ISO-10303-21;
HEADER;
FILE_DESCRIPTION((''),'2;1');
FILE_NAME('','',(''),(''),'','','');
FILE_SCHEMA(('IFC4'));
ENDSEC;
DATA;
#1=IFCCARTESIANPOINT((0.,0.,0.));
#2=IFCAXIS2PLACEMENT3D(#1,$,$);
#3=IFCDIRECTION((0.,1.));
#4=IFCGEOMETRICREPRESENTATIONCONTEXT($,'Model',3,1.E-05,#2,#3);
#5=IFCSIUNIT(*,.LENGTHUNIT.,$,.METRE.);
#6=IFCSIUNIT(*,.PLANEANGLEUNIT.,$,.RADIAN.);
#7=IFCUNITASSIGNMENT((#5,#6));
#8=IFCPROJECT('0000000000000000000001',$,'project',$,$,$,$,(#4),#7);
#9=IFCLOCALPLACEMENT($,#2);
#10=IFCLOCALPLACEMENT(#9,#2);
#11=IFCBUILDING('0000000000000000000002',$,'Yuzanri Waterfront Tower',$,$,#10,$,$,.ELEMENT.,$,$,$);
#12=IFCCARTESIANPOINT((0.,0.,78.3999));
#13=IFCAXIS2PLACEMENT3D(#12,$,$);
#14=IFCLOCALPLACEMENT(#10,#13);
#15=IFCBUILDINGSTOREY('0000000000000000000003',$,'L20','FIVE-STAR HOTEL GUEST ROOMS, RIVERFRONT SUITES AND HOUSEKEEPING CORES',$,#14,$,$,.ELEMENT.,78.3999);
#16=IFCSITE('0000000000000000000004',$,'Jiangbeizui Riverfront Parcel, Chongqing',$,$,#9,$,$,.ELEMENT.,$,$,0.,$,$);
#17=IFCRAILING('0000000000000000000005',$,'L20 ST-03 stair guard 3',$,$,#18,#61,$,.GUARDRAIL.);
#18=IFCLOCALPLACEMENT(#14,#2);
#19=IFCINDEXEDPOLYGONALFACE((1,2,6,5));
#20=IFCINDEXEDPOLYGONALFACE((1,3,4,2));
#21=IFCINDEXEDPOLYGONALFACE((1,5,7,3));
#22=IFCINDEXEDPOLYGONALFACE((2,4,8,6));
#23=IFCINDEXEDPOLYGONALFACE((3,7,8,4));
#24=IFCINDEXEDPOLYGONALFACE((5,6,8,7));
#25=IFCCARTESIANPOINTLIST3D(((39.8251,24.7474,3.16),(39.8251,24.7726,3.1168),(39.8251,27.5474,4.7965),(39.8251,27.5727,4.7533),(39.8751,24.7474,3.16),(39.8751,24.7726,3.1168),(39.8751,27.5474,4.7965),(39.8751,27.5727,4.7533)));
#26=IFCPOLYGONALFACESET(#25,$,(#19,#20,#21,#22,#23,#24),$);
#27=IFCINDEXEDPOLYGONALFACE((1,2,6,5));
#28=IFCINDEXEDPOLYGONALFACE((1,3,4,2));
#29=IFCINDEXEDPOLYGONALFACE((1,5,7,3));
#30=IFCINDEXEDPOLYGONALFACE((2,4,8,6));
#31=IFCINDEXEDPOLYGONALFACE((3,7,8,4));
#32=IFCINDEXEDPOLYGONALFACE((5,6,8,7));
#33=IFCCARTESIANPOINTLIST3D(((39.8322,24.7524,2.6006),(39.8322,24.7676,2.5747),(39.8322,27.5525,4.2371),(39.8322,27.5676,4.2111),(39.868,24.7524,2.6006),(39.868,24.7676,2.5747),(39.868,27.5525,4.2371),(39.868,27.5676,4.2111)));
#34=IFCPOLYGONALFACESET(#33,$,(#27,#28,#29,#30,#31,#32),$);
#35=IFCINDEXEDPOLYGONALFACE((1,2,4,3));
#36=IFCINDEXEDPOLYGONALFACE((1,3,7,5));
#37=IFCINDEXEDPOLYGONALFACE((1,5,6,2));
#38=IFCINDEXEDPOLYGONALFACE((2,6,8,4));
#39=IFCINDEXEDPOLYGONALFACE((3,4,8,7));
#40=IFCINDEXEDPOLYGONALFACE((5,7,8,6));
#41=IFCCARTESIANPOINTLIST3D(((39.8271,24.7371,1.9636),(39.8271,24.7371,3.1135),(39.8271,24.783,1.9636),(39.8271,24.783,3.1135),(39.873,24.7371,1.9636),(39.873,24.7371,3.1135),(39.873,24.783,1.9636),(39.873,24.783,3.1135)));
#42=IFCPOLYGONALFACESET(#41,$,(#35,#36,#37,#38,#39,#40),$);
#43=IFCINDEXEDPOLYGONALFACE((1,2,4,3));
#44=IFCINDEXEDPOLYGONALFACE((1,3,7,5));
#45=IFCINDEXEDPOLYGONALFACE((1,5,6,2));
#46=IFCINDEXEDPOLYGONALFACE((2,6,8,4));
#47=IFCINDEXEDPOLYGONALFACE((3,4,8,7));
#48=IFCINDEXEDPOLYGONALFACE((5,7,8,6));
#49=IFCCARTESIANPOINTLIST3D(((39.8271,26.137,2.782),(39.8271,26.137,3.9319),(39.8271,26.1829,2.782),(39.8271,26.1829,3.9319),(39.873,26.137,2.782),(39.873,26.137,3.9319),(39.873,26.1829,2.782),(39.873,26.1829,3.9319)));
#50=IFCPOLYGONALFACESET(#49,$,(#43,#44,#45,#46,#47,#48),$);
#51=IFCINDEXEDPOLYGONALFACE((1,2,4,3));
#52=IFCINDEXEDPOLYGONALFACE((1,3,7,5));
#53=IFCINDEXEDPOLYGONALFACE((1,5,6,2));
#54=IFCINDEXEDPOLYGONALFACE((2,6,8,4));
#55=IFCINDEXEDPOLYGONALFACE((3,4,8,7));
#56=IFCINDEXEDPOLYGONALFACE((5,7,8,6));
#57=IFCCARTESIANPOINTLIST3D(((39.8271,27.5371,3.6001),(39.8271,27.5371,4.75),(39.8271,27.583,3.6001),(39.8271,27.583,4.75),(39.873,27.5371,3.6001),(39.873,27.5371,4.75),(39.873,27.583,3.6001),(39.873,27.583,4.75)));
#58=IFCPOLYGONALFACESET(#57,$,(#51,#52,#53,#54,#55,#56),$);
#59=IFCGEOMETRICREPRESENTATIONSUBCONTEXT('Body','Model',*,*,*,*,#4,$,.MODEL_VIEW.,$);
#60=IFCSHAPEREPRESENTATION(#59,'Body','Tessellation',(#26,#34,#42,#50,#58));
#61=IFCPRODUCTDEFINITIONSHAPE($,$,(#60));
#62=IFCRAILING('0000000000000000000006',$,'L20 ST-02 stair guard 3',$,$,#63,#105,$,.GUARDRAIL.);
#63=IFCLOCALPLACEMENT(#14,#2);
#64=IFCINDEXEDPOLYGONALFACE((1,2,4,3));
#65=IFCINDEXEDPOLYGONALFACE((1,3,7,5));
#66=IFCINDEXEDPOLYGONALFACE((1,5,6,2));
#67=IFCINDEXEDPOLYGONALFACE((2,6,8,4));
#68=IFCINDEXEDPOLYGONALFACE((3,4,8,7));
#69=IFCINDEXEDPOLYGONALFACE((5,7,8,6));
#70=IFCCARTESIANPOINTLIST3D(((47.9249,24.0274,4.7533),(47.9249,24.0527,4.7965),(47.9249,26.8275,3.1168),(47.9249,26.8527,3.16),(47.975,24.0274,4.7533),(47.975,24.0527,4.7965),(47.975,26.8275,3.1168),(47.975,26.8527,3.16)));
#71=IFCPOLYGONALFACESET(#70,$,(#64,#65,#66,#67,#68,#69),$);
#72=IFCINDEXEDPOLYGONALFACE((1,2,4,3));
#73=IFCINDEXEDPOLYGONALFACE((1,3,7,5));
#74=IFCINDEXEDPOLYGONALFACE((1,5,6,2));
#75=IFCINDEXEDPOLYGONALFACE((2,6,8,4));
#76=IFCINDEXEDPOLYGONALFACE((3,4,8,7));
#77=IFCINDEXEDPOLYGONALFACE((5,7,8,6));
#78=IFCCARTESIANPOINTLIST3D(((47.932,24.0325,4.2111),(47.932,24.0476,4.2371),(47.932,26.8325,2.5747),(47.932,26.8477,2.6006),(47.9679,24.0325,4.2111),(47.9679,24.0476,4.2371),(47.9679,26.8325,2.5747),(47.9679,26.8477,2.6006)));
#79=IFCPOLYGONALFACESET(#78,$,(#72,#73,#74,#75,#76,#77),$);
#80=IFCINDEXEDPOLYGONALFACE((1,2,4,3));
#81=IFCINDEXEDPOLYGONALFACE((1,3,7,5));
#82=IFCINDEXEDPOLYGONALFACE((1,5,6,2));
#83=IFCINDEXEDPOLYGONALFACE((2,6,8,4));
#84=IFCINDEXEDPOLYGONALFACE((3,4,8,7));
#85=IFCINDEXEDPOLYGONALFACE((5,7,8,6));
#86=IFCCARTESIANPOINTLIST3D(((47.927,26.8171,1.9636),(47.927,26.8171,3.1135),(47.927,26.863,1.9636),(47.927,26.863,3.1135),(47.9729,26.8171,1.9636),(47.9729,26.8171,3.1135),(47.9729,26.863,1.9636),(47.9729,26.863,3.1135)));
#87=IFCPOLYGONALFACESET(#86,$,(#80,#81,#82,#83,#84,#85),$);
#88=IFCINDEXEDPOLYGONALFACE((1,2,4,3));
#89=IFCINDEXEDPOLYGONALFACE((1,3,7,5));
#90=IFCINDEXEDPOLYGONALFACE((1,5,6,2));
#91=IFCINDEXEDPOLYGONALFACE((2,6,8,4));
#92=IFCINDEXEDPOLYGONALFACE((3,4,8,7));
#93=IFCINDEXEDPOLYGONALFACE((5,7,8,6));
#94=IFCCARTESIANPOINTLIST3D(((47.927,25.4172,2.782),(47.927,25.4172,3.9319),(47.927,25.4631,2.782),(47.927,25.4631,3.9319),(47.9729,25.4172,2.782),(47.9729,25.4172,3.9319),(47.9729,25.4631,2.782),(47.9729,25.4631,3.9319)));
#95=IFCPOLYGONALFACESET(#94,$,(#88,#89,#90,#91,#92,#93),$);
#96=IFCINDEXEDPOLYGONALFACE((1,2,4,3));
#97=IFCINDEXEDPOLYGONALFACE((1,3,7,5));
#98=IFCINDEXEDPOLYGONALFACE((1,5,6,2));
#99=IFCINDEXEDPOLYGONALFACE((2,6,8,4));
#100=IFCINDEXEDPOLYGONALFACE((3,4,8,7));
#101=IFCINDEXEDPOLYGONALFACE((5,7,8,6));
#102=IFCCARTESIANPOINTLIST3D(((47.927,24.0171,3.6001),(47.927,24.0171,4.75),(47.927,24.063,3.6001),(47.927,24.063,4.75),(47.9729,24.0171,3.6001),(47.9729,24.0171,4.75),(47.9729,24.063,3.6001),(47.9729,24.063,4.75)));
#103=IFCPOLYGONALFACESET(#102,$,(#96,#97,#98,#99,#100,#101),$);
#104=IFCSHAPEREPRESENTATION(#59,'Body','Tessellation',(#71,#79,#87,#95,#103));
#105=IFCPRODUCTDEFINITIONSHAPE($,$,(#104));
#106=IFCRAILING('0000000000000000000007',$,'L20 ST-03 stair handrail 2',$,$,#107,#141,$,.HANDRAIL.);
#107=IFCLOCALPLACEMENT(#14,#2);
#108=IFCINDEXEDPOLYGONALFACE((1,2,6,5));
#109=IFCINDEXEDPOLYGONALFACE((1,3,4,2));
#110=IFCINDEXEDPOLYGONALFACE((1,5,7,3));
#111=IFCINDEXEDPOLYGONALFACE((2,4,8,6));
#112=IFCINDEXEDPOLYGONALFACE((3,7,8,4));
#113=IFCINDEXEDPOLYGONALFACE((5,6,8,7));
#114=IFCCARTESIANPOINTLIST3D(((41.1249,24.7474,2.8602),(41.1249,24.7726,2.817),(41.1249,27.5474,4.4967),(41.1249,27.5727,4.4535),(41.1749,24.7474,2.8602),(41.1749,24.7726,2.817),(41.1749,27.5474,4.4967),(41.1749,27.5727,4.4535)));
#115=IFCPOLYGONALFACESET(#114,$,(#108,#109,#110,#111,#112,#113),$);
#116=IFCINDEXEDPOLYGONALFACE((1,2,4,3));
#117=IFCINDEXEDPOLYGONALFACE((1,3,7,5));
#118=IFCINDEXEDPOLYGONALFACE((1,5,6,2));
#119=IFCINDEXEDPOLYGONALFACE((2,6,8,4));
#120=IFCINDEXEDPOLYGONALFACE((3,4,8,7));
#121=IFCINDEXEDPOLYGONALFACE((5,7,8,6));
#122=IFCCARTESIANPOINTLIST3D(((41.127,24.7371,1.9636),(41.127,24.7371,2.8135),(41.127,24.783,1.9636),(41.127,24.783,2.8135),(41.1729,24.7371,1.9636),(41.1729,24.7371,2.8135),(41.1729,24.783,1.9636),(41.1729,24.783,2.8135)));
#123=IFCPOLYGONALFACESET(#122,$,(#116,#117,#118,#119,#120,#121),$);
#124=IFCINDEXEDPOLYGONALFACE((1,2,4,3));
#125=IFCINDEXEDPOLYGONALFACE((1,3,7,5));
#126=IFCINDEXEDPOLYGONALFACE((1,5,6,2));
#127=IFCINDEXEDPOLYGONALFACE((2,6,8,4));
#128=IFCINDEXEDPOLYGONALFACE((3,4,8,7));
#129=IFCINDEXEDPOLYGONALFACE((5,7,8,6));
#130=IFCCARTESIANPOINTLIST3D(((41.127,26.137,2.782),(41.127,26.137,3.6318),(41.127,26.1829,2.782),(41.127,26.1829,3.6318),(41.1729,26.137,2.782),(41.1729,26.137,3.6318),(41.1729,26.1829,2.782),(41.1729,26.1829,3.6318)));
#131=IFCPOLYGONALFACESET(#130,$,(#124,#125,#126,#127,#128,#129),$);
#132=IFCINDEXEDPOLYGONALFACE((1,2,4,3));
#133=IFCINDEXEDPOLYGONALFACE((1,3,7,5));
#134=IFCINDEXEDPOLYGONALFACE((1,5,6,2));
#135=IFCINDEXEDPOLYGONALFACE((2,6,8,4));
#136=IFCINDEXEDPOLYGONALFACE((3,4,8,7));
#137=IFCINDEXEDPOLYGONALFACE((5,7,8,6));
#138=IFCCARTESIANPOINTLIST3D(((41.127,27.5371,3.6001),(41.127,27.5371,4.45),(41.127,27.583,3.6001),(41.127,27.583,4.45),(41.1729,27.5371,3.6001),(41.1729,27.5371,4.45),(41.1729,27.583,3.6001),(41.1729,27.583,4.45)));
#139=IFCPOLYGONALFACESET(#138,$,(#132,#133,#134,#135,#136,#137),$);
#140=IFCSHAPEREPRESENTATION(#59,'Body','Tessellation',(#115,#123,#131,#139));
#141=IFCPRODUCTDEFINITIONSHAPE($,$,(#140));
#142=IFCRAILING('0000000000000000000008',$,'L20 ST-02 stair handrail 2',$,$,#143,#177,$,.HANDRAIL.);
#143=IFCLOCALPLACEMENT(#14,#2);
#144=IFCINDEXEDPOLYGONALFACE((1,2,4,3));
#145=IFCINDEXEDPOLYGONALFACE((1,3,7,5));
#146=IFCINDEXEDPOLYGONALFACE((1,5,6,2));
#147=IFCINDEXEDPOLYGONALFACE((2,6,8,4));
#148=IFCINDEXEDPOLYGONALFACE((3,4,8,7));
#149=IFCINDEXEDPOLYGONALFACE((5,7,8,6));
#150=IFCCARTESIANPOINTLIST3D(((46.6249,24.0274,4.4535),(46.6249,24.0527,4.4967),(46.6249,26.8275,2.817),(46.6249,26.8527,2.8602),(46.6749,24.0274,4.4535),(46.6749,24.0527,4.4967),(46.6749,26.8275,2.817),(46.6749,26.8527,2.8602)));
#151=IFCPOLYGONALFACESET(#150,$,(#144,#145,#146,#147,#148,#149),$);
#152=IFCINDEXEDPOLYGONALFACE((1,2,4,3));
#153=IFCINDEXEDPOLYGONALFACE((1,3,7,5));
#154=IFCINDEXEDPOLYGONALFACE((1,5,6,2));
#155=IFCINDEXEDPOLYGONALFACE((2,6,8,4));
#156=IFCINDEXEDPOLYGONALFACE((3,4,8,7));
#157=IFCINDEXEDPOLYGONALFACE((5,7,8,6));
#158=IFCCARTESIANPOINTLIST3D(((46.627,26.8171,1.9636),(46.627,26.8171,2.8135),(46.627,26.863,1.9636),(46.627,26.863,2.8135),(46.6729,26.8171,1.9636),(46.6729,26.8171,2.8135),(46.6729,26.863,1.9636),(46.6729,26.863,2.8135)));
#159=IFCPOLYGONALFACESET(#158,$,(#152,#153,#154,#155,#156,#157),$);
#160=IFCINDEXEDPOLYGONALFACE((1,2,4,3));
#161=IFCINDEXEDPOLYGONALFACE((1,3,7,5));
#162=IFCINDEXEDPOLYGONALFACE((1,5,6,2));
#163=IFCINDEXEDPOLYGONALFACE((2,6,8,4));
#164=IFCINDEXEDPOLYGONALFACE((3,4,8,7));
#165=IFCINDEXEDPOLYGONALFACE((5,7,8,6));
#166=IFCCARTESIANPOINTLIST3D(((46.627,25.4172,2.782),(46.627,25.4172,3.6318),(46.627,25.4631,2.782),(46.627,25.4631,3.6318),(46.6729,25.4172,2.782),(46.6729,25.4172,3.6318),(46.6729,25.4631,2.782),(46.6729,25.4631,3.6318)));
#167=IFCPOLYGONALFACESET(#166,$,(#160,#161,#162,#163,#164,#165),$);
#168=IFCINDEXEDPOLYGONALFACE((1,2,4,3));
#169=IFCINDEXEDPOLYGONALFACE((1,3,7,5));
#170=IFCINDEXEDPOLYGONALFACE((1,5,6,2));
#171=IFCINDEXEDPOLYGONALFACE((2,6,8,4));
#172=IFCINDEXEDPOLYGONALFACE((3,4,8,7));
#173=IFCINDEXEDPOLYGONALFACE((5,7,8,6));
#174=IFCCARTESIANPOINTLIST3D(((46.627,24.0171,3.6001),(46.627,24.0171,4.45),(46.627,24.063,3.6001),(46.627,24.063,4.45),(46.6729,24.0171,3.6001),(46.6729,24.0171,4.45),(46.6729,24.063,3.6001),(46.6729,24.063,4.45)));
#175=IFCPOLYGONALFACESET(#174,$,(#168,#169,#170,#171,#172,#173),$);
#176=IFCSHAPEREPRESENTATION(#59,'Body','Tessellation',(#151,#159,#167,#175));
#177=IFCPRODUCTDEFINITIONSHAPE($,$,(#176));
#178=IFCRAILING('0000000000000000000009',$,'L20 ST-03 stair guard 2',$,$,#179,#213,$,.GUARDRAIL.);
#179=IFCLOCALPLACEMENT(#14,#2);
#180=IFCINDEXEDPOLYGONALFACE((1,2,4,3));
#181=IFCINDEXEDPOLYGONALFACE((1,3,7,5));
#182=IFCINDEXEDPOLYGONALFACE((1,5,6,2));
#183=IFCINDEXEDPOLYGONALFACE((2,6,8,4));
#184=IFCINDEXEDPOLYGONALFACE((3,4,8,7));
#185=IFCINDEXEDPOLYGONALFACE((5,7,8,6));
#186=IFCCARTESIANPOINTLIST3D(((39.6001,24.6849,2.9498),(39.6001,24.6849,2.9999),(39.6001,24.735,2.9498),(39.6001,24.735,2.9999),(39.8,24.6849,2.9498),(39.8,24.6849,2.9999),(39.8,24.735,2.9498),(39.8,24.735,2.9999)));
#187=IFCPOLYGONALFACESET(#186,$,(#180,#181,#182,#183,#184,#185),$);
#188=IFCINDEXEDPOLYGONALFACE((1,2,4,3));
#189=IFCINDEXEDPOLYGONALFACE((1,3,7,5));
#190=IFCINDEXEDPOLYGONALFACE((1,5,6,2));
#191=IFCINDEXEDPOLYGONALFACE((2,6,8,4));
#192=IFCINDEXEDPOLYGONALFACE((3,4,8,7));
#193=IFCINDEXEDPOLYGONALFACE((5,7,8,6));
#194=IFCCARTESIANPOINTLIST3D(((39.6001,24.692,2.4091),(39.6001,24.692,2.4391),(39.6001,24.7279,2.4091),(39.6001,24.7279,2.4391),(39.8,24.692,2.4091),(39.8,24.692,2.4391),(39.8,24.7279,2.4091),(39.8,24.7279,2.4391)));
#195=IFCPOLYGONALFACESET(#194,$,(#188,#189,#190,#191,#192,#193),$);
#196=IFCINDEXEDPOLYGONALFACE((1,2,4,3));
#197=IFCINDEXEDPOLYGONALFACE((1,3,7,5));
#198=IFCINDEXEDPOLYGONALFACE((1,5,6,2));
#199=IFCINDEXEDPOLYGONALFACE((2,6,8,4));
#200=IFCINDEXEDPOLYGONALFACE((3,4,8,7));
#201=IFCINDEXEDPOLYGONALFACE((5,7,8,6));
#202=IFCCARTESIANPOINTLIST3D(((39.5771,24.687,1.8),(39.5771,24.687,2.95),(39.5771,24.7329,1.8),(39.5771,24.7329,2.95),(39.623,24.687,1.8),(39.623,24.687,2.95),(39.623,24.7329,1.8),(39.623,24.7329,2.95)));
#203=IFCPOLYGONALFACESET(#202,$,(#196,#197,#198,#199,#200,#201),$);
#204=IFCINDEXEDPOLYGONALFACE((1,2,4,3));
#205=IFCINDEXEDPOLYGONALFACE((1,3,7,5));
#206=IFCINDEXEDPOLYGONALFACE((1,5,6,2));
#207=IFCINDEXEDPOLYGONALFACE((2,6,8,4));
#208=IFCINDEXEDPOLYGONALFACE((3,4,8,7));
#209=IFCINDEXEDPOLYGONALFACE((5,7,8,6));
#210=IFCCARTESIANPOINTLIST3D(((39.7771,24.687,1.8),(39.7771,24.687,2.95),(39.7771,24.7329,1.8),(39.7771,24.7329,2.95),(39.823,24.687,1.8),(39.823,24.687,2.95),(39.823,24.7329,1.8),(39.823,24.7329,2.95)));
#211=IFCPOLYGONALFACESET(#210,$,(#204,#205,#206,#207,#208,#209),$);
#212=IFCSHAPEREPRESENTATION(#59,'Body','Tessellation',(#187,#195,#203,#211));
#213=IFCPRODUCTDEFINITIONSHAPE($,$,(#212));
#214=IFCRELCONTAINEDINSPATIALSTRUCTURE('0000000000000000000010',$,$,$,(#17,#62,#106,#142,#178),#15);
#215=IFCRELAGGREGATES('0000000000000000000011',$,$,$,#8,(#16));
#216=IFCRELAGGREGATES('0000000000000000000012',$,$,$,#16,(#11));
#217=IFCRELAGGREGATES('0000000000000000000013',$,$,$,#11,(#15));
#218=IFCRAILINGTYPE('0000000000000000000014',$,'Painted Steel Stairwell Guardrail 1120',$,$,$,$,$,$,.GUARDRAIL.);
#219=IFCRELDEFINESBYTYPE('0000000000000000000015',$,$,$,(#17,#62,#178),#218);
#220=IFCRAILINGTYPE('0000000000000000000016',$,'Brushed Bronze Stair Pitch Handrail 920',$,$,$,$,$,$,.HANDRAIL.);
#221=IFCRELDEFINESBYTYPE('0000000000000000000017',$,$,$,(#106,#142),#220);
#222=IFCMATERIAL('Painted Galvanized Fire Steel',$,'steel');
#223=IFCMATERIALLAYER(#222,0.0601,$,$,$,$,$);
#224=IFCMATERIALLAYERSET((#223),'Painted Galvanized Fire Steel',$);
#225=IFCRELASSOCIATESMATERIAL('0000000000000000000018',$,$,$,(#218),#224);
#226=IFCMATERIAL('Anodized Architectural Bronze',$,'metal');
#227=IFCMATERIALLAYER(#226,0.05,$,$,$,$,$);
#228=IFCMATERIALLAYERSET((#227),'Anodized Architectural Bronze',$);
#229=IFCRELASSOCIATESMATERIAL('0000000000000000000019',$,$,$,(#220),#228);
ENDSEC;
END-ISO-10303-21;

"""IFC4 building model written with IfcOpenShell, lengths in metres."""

from ifc_helpers import new_model, si_unit, direction, frame, origin, origin_2d, place, context, subcontext, project, spatial, rectangle, extrude, source, transform, mapped, material, layer, layer_set, type_object, element, save


model = new_model("IFC4")

# Units and contexts
model_context = context("Model", 3, precision=1e-05, world=origin(), true_north=direction((0.0, 1.0)))
body_context = subcontext(model_context, "Body", "Model", "MODEL_VIEW")
ifc_project = project(units=[si_unit("LENGTHUNIT", "METRE"), si_unit("PLANEANGLEUNIT", "RADIAN")], contexts=[model_context])

# Site, building, storey
site_placement = place(None, origin())
site = spatial("IfcSite", under=ifc_project, at=site_placement, Name="Jiangbeizui Riverfront Parcel, Chongqing", CompositionType="ELEMENT", RefElevation=0.0)
building_placement = place(site_placement, origin())
building = spatial("IfcBuilding", under=site, at=building_placement, Name="Yuzanri Waterfront Tower", CompositionType="ELEMENT")
storey_placement = place(building_placement, frame((0.0, 0.0, 78.3999)))
storey = spatial("IfcBuildingStorey", under=building, at=storey_placement, Name="L20", Description="FIVE-STAR HOTEL GUEST ROOMS, RIVERFRONT SUITES AND HOUSEKEEPING CORES", CompositionType="ELEMENT", Elevation=78.3999)

# Railings
ifc_material_1 = material(Name="Painted Galvanized Fire Steel", Category="steel")
ifc_layer_1 = layer(ifc_material_1, 0.0601)
ifc_layer_set_1 = layer_set([ifc_layer_1], Name="Painted Galvanized Fire Steel")
railing_type_1 = type_object("IfcRailingType", Name="Painted Steel Stairwell Guardrail 1120", PredefinedType="GUARDRAIL", material=ifc_layer_set_1)
ifc_material_2 = material(Name="Anodized Architectural Bronze", Category="metal")
ifc_layer_2 = layer(ifc_material_2, 0.05)
ifc_layer_set_2 = layer_set([ifc_layer_2], Name="Anodized Architectural Bronze")
railing_type_2 = type_object("IfcRailingType", Name="Brushed Bronze Stair Pitch Handrail 920", PredefinedType="HANDRAIL", material=ifc_layer_set_2)
shared_shape_1 = source(origin(), body_context, "Body", "SweptSolid", [
    extrude(rectangle(XDim=0.05, YDim=0.05, at=origin_2d()), frame((0.0, 0.0, 1.1748), z_axis=(0.0, 0.863361, 0.504587), x_axis=(-1.0, 0.0, 0.0)), (0.0, 0.0, 1.0), 3.2432),
    extrude(rectangle(XDim=0.0359, YDim=0.03, at=origin_2d()), frame((0.0, 0.0, 0.624), z_axis=(0.0, 0.863361, 0.504587), x_axis=(-1.0, 0.0, 0.0)), (0.0, 0.0, 1.0), 3.2432),
    extrude(rectangle(XDim=0.0459, YDim=0.0459, at=origin_2d()), origin(), (0.0, 0.0, 1.0), 1.1499),
    extrude(rectangle(XDim=0.0459, YDim=0.0459, at=origin_2d()), frame((0.0, 1.3999, 0.8184)), (0.0, 0.0, 1.0), 1.1499),
    extrude(rectangle(XDim=0.0459, YDim=0.0459, at=origin_2d()), frame((0.0, 2.8, 1.6365)), (0.0, 0.0, 1.0), 1.1499),
])
railing_1_placement = place(storey_placement, frame((39.8501, 24.76, 1.9636)))
element("IfcRailing", 1, at=railing_1_placement, inside=storey, type_object=railing_type_1, Name="L20 ST-03 stair guard 3", PredefinedType="GUARDRAIL", context=body_context, shape_type="MappedRepresentation", body=[
    mapped(shared_shape_1, transform((0.0, 0.0, 0.0), scale=1.0)),
])
shared_shape_2 = source(origin(), body_context, "Body", "SweptSolid", [
    extrude(rectangle(XDim=0.05, YDim=0.05, at=origin_2d()), frame((0.0, 0.0, 1.1748), z_axis=(0.0, -0.863361, 0.504587), x_axis=(1.0, 0.0, 0.0)), (0.0, 0.0, 1.0), 3.2432),
    extrude(rectangle(XDim=0.0359, YDim=0.03, at=origin_2d()), frame((0.0, 0.0, 0.624), z_axis=(0.0, -0.863361, 0.504587), x_axis=(1.0, 0.0, 0.0)), (0.0, 0.0, 1.0), 3.2432),
    extrude(rectangle(XDim=0.0459, YDim=0.0459, at=origin_2d()), origin(), (0.0, 0.0, 1.0), 1.1499),
    extrude(rectangle(XDim=0.0459, YDim=0.0459, at=origin_2d()), frame((0.0, -1.3999, 0.8184)), (0.0, 0.0, 1.0), 1.1499),
    extrude(rectangle(XDim=0.0459, YDim=0.0459, at=origin_2d()), frame((0.0, -2.8, 1.6365)), (0.0, 0.0, 1.0), 1.1499),
])
railing_2_placement = place(storey_placement, frame((47.95, 26.8401, 1.9636)))
element("IfcRailing", 2, at=railing_2_placement, inside=storey, type_object=railing_type_1, Name="L20 ST-02 stair guard 3", PredefinedType="GUARDRAIL", context=body_context, shape_type="MappedRepresentation", body=[
    mapped(shared_shape_2, transform((0.0, 0.0, 0.0), scale=1.0)),
])
shared_shape_3 = source(origin(), body_context, "Body", "SweptSolid", [
    extrude(rectangle(XDim=0.05, YDim=0.05, at=origin_2d()), frame((0.0, 0.0, 0.875), z_axis=(0.0, 0.863361, 0.504587), x_axis=(-1.0, 0.0, 0.0)), (0.0, 0.0, 1.0), 3.2432),
    extrude(rectangle(XDim=0.0459, YDim=0.0459, at=origin_2d()), origin(), (0.0, 0.0, 1.0), 0.8499),
    extrude(rectangle(XDim=0.0459, YDim=0.0459, at=origin_2d()), frame((0.0, 1.3999, 0.8184)), (0.0, 0.0, 1.0), 0.8499),
    extrude(rectangle(XDim=0.0459, YDim=0.0459, at=origin_2d()), frame((0.0, 2.8, 1.6365)), (0.0, 0.0, 1.0), 0.8499),
])
railing_3_placement = place(storey_placement, frame((41.1499, 24.76, 1.9636)))
element("IfcRailing", 3, at=railing_3_placement, inside=storey, type_object=railing_type_2, Name="L20 ST-03 stair handrail 2", PredefinedType="HANDRAIL", context=body_context, shape_type="MappedRepresentation", body=[
    mapped(shared_shape_3, transform((0.0, 0.0, 0.0), scale=1.0)),
])
shared_shape_4 = source(origin(), body_context, "Body", "SweptSolid", [
    extrude(rectangle(XDim=0.05, YDim=0.05, at=origin_2d()), frame((0.0, 0.0, 0.875), z_axis=(0.0, -0.863361, 0.504587), x_axis=(1.0, 0.0, 0.0)), (0.0, 0.0, 1.0), 3.2432),
    extrude(rectangle(XDim=0.0459, YDim=0.0459, at=origin_2d()), origin(), (0.0, 0.0, 1.0), 0.8499),
    extrude(rectangle(XDim=0.0459, YDim=0.0459, at=origin_2d()), frame((0.0, -1.3999, 0.8184)), (0.0, 0.0, 1.0), 0.8499),
    extrude(rectangle(XDim=0.0459, YDim=0.0459, at=origin_2d()), frame((0.0, -2.8, 1.6365)), (0.0, 0.0, 1.0), 0.8499),
])
railing_4_placement = place(storey_placement, frame((46.6499, 26.8401, 1.9636)))
element("IfcRailing", 4, at=railing_4_placement, inside=storey, type_object=railing_type_2, Name="L20 ST-02 stair handrail 2", PredefinedType="HANDRAIL", context=body_context, shape_type="MappedRepresentation", body=[
    mapped(shared_shape_4, transform((0.0, 0.0, 0.0), scale=1.0)),
])
shared_shape_5 = source(origin(), body_context, "Body", "SweptSolid", [
    extrude(rectangle(XDim=0.05, YDim=0.05, at=origin_2d()), frame((0.0, 0.0, 1.1748), z_axis=(1.0, 0.0, 0.0), x_axis=(0.0, 1.0, 0.0)), (0.0, 0.0, 1.0), 0.2),
    extrude(rectangle(XDim=0.0359, YDim=0.03, at=origin_2d()), frame((0.0, 0.0, 0.624), z_axis=(1.0, 0.0, 0.0), x_axis=(0.0, 1.0, 0.0)), (0.0, 0.0, 1.0), 0.2),
    extrude(rectangle(XDim=0.0459, YDim=0.0459, at=origin_2d()), origin(), (0.0, 0.0, 1.0), 1.1499),
    extrude(rectangle(XDim=0.0459, YDim=0.0459, at=origin_2d()), frame((0.2, 0.0, 0.0)), (0.0, 0.0, 1.0), 1.1499),
])
for number, where, name in (
    (5, (39.6001, 24.71, 1.8), "L20 ST-03 stair guard 2"),
):
    element("IfcRailing", number, at=place(storey_placement, frame(where)), inside=storey, type_object=railing_type_1, Name=name, PredefinedType="GUARDRAIL", context=body_context, shape_type="MappedRepresentation", body=[
        mapped(shared_shape_5, transform((0.0, 0.0, 0.0), scale=1.0)),
    ])

save(model, "model.ifc")
